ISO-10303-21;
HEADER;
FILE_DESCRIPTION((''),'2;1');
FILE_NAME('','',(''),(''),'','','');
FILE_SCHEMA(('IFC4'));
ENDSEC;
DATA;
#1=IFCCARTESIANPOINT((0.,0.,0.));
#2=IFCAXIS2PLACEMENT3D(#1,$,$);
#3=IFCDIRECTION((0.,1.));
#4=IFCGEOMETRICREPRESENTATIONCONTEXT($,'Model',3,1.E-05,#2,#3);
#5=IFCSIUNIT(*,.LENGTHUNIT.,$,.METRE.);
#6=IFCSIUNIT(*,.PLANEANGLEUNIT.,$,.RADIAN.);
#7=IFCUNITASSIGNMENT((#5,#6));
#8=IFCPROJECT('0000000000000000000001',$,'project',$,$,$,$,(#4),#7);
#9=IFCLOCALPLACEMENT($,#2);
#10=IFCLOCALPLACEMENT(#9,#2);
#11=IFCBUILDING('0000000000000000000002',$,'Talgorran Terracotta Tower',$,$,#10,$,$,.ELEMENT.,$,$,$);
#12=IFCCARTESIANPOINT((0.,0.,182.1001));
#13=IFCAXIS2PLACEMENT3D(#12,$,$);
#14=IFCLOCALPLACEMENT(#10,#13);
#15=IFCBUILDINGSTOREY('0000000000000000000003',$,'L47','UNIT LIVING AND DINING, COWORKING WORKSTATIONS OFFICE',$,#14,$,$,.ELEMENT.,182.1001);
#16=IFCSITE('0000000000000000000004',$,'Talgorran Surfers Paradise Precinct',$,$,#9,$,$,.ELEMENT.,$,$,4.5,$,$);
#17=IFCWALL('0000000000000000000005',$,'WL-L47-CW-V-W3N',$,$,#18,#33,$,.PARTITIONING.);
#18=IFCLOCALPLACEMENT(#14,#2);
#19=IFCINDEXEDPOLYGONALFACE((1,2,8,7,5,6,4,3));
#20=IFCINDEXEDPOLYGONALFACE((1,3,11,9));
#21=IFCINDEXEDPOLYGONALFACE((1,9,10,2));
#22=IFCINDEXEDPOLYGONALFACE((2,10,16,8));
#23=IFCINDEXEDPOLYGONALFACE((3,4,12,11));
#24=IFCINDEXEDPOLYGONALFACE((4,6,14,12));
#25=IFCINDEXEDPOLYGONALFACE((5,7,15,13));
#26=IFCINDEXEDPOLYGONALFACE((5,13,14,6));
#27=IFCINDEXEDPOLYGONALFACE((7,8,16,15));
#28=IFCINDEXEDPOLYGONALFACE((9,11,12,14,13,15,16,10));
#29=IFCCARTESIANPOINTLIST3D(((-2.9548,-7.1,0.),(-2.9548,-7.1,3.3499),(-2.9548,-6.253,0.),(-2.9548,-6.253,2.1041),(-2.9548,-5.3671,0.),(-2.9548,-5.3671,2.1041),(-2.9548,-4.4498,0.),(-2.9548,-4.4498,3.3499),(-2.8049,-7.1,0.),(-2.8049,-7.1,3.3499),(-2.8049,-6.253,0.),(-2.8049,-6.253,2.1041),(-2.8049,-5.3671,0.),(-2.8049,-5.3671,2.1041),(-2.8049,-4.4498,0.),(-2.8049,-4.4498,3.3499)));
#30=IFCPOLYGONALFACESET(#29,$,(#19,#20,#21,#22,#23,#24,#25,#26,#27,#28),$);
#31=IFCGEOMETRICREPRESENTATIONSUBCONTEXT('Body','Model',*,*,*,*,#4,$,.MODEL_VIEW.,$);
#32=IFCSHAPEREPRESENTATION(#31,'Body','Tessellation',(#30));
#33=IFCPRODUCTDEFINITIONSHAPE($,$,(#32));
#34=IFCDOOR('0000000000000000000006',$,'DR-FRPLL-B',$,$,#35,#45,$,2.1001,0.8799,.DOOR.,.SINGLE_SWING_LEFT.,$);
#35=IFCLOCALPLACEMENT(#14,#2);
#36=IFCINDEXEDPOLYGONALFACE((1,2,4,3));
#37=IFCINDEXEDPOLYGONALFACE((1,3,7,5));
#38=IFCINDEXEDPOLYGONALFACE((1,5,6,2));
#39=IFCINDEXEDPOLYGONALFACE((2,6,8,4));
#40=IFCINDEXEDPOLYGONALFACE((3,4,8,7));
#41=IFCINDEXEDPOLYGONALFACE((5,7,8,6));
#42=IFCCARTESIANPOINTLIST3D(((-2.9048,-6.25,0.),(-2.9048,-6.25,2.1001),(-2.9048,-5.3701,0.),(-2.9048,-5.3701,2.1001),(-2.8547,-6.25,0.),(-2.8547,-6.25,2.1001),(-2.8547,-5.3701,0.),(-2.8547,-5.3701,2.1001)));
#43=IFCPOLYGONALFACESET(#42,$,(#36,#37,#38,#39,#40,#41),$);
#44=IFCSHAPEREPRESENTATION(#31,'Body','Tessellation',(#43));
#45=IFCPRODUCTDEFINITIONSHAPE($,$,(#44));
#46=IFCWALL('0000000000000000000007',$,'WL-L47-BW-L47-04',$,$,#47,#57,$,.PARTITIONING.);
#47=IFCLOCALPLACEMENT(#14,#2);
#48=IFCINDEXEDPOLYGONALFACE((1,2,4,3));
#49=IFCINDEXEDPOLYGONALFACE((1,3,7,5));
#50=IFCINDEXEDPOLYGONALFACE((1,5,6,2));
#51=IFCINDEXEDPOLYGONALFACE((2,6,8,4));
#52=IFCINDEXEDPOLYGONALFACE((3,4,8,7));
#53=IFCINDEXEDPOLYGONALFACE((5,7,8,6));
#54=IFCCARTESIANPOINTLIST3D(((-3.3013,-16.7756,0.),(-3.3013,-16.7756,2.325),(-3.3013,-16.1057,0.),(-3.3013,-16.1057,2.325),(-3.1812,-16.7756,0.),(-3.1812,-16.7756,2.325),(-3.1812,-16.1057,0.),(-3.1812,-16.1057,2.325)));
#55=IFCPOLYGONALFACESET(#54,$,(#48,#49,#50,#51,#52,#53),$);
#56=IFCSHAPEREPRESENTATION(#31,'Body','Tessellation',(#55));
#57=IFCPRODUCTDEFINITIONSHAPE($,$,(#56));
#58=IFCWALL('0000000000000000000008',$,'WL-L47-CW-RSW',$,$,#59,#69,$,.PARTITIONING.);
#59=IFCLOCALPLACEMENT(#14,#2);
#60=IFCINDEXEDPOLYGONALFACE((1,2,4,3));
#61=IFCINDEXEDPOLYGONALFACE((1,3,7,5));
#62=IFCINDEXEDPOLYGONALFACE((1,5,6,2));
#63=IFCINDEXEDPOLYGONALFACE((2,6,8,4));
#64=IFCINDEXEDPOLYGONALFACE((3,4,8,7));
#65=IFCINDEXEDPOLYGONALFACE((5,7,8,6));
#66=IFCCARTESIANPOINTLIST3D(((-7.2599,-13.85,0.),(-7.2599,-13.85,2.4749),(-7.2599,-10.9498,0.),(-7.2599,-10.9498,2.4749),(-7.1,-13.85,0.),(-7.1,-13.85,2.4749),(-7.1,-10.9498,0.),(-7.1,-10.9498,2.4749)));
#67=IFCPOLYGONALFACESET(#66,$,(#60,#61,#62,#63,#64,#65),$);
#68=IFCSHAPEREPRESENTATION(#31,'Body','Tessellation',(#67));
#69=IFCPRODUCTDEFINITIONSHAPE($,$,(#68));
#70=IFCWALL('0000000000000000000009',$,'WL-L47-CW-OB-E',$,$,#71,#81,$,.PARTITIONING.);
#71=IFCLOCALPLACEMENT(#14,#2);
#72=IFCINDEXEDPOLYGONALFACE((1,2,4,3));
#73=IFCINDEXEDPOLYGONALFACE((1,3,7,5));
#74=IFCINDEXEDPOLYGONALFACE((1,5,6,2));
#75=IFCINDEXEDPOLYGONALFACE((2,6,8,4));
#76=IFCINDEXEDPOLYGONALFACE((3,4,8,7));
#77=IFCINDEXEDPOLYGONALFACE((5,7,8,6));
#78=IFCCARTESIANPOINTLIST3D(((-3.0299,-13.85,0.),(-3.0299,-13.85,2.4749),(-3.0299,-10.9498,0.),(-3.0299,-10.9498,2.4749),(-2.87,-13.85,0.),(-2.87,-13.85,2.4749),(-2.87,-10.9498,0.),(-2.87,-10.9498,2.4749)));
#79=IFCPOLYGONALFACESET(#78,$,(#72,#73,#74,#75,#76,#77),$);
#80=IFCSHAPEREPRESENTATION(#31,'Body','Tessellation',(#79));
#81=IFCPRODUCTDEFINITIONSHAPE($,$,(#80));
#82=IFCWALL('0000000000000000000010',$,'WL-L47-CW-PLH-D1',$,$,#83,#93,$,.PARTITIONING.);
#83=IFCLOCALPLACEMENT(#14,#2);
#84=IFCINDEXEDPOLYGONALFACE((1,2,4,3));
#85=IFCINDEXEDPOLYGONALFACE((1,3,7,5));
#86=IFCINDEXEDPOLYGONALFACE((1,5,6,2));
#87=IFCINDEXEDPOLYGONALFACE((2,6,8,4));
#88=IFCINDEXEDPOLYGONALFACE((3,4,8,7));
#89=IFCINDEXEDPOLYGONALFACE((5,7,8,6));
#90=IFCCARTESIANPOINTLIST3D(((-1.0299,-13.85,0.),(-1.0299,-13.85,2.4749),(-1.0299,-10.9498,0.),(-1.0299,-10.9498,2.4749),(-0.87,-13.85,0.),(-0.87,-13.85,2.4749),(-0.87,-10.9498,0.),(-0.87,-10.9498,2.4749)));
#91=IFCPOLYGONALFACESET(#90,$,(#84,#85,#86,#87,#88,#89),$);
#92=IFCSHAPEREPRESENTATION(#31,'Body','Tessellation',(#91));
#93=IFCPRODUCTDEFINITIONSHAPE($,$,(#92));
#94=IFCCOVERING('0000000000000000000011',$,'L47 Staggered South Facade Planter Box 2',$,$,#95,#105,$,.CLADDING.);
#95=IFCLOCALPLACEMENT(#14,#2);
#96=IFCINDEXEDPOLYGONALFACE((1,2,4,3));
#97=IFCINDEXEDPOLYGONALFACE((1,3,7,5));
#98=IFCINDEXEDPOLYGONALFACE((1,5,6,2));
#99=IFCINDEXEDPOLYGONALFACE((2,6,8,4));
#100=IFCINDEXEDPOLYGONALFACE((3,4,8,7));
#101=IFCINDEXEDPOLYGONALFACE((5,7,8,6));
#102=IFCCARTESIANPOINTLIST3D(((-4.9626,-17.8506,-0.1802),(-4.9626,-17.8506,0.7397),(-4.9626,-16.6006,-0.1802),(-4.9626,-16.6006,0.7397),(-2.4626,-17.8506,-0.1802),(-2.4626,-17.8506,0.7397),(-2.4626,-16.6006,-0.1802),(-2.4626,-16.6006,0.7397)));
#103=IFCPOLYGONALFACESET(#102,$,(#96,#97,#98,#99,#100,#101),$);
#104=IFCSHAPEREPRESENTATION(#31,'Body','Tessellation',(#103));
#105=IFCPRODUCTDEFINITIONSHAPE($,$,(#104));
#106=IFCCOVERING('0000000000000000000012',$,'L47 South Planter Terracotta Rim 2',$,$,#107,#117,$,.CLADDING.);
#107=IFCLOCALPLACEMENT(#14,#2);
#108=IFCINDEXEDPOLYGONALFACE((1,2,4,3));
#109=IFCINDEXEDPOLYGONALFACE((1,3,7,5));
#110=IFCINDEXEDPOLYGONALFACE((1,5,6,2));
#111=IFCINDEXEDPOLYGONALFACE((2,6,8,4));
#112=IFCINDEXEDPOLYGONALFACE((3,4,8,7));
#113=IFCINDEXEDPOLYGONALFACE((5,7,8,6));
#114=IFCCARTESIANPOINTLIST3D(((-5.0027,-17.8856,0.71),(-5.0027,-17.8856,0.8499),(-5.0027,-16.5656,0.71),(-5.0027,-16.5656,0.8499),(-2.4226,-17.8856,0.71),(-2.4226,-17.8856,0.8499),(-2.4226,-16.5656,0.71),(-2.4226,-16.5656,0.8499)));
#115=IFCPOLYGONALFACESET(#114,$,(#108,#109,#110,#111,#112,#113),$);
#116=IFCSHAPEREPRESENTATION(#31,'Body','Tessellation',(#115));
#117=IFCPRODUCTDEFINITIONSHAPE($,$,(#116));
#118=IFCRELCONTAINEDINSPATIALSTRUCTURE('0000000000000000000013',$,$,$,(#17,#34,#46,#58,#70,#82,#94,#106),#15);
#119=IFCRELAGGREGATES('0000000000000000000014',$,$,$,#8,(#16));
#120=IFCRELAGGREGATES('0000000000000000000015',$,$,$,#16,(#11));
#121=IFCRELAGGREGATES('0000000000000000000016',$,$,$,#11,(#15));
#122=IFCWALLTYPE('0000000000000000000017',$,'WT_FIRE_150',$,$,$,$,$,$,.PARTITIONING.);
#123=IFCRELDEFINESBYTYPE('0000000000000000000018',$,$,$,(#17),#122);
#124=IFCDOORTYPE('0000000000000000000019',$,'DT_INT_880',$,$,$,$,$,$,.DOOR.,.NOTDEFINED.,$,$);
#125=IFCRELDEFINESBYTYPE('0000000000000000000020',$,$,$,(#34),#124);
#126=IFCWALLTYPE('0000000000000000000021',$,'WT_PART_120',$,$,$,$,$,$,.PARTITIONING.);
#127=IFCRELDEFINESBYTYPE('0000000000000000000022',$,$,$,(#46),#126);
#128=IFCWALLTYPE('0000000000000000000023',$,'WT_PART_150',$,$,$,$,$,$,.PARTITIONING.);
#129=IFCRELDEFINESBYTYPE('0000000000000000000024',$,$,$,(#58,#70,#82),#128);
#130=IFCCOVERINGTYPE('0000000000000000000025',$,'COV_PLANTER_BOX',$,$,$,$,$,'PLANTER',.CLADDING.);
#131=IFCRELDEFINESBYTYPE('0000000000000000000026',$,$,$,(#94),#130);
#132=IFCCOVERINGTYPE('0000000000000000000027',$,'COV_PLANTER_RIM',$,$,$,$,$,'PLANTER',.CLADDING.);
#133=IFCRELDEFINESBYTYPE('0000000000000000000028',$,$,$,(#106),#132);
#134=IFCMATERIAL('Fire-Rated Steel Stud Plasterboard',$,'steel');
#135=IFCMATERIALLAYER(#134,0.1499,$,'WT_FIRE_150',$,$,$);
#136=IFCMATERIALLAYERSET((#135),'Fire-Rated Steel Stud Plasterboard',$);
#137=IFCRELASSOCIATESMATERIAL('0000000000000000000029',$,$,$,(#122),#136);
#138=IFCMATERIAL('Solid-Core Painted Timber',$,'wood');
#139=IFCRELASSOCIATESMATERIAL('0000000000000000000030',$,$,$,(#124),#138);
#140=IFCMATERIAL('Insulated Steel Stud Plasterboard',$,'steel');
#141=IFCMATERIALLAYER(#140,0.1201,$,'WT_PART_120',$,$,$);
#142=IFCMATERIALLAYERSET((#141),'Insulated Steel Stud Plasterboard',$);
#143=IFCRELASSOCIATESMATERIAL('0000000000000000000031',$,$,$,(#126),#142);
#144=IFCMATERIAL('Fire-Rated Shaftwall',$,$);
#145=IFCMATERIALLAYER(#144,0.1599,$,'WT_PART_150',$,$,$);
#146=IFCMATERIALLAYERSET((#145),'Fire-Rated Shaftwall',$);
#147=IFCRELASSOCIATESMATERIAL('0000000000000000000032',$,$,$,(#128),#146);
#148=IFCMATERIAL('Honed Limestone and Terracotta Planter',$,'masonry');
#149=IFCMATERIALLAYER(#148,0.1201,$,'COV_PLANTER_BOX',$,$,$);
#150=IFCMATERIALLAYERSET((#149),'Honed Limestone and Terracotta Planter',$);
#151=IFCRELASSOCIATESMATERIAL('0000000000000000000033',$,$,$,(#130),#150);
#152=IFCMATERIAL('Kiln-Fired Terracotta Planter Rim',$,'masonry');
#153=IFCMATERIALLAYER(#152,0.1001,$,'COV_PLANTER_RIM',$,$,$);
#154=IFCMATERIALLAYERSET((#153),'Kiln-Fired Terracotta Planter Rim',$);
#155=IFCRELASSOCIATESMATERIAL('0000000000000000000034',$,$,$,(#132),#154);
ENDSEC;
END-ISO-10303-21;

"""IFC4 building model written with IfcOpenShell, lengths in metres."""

from ifc_helpers import new_model, si_unit, direction, frame, frame_2d, origin, origin_2d, place, context, subcontext, project, spatial, rectangle, extrude, material, layer, layer_set, type_object, element, fill, save


model = new_model("IFC4")

# Units and contexts
model_context = context("Model", 3, precision=1e-05, world=origin(), true_north=direction((0.0, 1.0)))
body_context = subcontext(model_context, "Body", "Model", "MODEL_VIEW")
ifc_project = project(units=[si_unit("LENGTHUNIT", "METRE"), si_unit("PLANEANGLEUNIT", "RADIAN")], contexts=[model_context])

# Site, building, storey
site_placement = place(None, origin())
site = spatial("IfcSite", under=ifc_project, at=site_placement, Name="Talgorran Surfers Paradise Precinct", CompositionType="ELEMENT", RefElevation=4.5)
building_placement = place(site_placement, origin())
building = spatial("IfcBuilding", under=site, at=building_placement, Name="Talgorran Terracotta Tower", CompositionType="ELEMENT")
storey_placement = place(building_placement, frame((0.0, 0.0, 182.1001)))
storey = spatial("IfcBuildingStorey", under=building, at=storey_placement, Name="L47", Description="UNIT LIVING AND DINING, COWORKING WORKSTATIONS OFFICE", CompositionType="ELEMENT", Elevation=182.1001)

# Shared definitions
ifc_material_1 = material(Name="Fire-Rated Steel Stud Plasterboard", Category="steel")
ifc_layer_1 = layer(ifc_material_1, 0.1499, Name="WT_FIRE_150")
ifc_layer_set_1 = layer_set([ifc_layer_1], Name="Fire-Rated Steel Stud Plasterboard")
wall_type_1 = type_object("IfcWallType", Name="WT_FIRE_150", PredefinedType="PARTITIONING", material=ifc_layer_set_1)

# Wall, opening, door
wall_1_placement = place(storey_placement, frame((-2.8799, -7.1001, 0.0), z_axis=(0.0, 0.0, 1.0), x_axis=(0.0, 1.0, 0.0)))
wall_1 = element("IfcWall", 1, at=wall_1_placement, inside=storey, type_object=wall_type_1, Name="WL-L47-CW-V-W3N", PredefinedType="PARTITIONING", context=body_context, shape_type="SweptSolid", body=[
    extrude(rectangle(XDim=2.6501, YDim=0.1499, at=frame_2d((1.3252, 0.0))), origin(), (0.0, 0.0, 1.0), 3.3499),
])
opening_1_placement = place(wall_1_placement, frame((0.8501, 0.0, 0.0)))
opening_1 = element("IfcOpeningElement", 2, at=opening_1_placement, cuts=wall_1, PredefinedType="OPENING", context=body_context, shape_type="SweptSolid", body=[
    extrude(rectangle(XDim=0.8859, YDim=2.1041, at=frame_2d((0.4399, 1.052))), frame((0.0, 0.085, 0.0), z_axis=(0.0, -1.0, 0.0), x_axis=(1.0, 0.0, 0.0)), (0.0, 0.0, 1.0), 0.1699),
])
ifc_material_2 = material(Name="Solid-Core Painted Timber", Category="wood")
door_type_1 = type_object("IfcDoorType", Name="DT_INT_880", OperationType="NOTDEFINED", PredefinedType="DOOR", material=ifc_material_2)
door_1_placement = place(opening_1_placement, origin())
door_1 = element("IfcDoor", 3, at=door_1_placement, inside=storey, type_object=door_type_1, Name="DR-FRPLL-B", OperationType="SINGLE_SWING_LEFT", OverallHeight=2.1001, OverallWidth=0.8799, PredefinedType="DOOR", context=body_context, shape_type="SweptSolid", body=[
    extrude(rectangle(XDim=0.8799, YDim=2.1001, at=frame_2d((0.4399, 1.05))), frame((0.0, 0.0249, 0.0), z_axis=(0.0, -1.0, 0.0), x_axis=(1.0, 0.0, 0.0)), (0.0, 0.0, 1.0), 0.05),
])
fill(opening_1, door_1)

# Walls
ifc_material_3 = material(Name="Insulated Steel Stud Plasterboard", Category="steel")
ifc_layer_2 = layer(ifc_material_3, 0.1201, Name="WT_PART_120")
ifc_layer_set_2 = layer_set([ifc_layer_2], Name="Insulated Steel Stud Plasterboard")
wall_type_2 = type_object("IfcWallType", Name="WT_PART_120", PredefinedType="PARTITIONING", material=ifc_layer_set_2)
wall_2_placement = place(storey_placement, frame((-3.2412, -16.1057, 0.0), z_axis=(0.0, 0.0, 1.0), x_axis=(0.0, -1.0, 0.0)))
element("IfcWall", 4, at=wall_2_placement, inside=storey, type_object=wall_type_2, Name="WL-L47-BW-L47-04", PredefinedType="PARTITIONING", context=body_context, shape_type="SweptSolid", body=[
    extrude(rectangle(XDim=0.6699, YDim=0.1201, at=frame_2d((0.335, 0.0))), origin(), (0.0, 0.0, 1.0), 2.325),
])
ifc_material_4 = material(Name="Fire-Rated Shaftwall")
ifc_layer_3 = layer(ifc_material_4, 0.1599, Name="WT_PART_150")
ifc_layer_set_3 = layer_set([ifc_layer_3], Name="Fire-Rated Shaftwall")
wall_type_3 = type_object("IfcWallType", Name="WT_PART_150", PredefinedType="PARTITIONING", material=ifc_layer_set_3)
for number, where, z_axis, x_axis, name in (
    (5, (-7.1799, -13.8501, 0.0), (0.0, 0.0, 1.0), (0.0, 1.0, 0.0), "WL-L47-CW-RSW"),
    (6, (-2.95, -13.8501, 0.0), (0.0, 0.0, 1.0), (0.0, 1.0, 0.0), "WL-L47-CW-OB-E"),
    (7, (-0.95, -13.8501, 0.0), (0.0, 0.0, 1.0), (0.0, 1.0, 0.0), "WL-L47-CW-PLH-D1"),
):
    element("IfcWall", number, at=place(storey_placement, frame(where, z_axis=z_axis, x_axis=x_axis)), inside=storey, type_object=wall_type_3, Name=name, PredefinedType="PARTITIONING", context=body_context, shape_type="SweptSolid", body=[
        extrude(rectangle(XDim=2.9001, YDim=0.1599, at=frame_2d((1.4502, 0.0))), origin(), (0.0, 0.0, 1.0), 2.4749),
    ])

# Coverings
ifc_material_5 = material(Name="Honed Limestone and Terracotta Planter", Category="masonry")
ifc_layer_4 = layer(ifc_material_5, 0.1201, Name="COV_PLANTER_BOX")
ifc_layer_set_4 = layer_set([ifc_layer_4], Name="Honed Limestone and Terracotta Planter")
covering_type_1 = type_object("IfcCoveringType", Name="COV_PLANTER_BOX", ElementType="PLANTER", PredefinedType="CLADDING", material=ifc_layer_set_4)
covering_1_placement = place(storey_placement, frame((-3.7126, -17.2256, -0.1802), z_axis=(0.0, 0.0, 1.0), x_axis=(1.0, 0.0, 0.0)))
element("IfcCovering", 8, at=covering_1_placement, inside=storey, type_object=covering_type_1, Name="L47 Staggered South Facade Planter Box 2", PredefinedType="CLADDING", context=body_context, shape_type="SweptSolid", body=[
    extrude(rectangle(XDim=2.5, YDim=1.25, at=origin_2d()), origin(), (0.0, 0.0, 1.0), 0.9199),
])
ifc_material_6 = material(Name="Kiln-Fired Terracotta Planter Rim", Category="masonry")
ifc_layer_5 = layer(ifc_material_6, 0.1001, Name="COV_PLANTER_RIM")
ifc_layer_set_5 = layer_set([ifc_layer_5], Name="Kiln-Fired Terracotta Planter Rim")
covering_type_2 = type_object("IfcCoveringType", Name="COV_PLANTER_RIM", ElementType="PLANTER", PredefinedType="CLADDING", material=ifc_layer_set_5)
covering_2_placement = place(storey_placement, frame((-3.7126, -17.2256, 0.71), z_axis=(0.0, 0.0, 1.0), x_axis=(1.0, 0.0, 0.0)))
element("IfcCovering", 9, at=covering_2_placement, inside=storey, type_object=covering_type_2, Name="L47 South Planter Terracotta Rim 2", PredefinedType="CLADDING", context=body_context, shape_type="SweptSolid", body=[
    extrude(rectangle(XDim=2.5801, YDim=1.3201, at=origin_2d()), origin(), (0.0, 0.0, 1.0), 0.1399),
])

save(model, "model.ifc")
